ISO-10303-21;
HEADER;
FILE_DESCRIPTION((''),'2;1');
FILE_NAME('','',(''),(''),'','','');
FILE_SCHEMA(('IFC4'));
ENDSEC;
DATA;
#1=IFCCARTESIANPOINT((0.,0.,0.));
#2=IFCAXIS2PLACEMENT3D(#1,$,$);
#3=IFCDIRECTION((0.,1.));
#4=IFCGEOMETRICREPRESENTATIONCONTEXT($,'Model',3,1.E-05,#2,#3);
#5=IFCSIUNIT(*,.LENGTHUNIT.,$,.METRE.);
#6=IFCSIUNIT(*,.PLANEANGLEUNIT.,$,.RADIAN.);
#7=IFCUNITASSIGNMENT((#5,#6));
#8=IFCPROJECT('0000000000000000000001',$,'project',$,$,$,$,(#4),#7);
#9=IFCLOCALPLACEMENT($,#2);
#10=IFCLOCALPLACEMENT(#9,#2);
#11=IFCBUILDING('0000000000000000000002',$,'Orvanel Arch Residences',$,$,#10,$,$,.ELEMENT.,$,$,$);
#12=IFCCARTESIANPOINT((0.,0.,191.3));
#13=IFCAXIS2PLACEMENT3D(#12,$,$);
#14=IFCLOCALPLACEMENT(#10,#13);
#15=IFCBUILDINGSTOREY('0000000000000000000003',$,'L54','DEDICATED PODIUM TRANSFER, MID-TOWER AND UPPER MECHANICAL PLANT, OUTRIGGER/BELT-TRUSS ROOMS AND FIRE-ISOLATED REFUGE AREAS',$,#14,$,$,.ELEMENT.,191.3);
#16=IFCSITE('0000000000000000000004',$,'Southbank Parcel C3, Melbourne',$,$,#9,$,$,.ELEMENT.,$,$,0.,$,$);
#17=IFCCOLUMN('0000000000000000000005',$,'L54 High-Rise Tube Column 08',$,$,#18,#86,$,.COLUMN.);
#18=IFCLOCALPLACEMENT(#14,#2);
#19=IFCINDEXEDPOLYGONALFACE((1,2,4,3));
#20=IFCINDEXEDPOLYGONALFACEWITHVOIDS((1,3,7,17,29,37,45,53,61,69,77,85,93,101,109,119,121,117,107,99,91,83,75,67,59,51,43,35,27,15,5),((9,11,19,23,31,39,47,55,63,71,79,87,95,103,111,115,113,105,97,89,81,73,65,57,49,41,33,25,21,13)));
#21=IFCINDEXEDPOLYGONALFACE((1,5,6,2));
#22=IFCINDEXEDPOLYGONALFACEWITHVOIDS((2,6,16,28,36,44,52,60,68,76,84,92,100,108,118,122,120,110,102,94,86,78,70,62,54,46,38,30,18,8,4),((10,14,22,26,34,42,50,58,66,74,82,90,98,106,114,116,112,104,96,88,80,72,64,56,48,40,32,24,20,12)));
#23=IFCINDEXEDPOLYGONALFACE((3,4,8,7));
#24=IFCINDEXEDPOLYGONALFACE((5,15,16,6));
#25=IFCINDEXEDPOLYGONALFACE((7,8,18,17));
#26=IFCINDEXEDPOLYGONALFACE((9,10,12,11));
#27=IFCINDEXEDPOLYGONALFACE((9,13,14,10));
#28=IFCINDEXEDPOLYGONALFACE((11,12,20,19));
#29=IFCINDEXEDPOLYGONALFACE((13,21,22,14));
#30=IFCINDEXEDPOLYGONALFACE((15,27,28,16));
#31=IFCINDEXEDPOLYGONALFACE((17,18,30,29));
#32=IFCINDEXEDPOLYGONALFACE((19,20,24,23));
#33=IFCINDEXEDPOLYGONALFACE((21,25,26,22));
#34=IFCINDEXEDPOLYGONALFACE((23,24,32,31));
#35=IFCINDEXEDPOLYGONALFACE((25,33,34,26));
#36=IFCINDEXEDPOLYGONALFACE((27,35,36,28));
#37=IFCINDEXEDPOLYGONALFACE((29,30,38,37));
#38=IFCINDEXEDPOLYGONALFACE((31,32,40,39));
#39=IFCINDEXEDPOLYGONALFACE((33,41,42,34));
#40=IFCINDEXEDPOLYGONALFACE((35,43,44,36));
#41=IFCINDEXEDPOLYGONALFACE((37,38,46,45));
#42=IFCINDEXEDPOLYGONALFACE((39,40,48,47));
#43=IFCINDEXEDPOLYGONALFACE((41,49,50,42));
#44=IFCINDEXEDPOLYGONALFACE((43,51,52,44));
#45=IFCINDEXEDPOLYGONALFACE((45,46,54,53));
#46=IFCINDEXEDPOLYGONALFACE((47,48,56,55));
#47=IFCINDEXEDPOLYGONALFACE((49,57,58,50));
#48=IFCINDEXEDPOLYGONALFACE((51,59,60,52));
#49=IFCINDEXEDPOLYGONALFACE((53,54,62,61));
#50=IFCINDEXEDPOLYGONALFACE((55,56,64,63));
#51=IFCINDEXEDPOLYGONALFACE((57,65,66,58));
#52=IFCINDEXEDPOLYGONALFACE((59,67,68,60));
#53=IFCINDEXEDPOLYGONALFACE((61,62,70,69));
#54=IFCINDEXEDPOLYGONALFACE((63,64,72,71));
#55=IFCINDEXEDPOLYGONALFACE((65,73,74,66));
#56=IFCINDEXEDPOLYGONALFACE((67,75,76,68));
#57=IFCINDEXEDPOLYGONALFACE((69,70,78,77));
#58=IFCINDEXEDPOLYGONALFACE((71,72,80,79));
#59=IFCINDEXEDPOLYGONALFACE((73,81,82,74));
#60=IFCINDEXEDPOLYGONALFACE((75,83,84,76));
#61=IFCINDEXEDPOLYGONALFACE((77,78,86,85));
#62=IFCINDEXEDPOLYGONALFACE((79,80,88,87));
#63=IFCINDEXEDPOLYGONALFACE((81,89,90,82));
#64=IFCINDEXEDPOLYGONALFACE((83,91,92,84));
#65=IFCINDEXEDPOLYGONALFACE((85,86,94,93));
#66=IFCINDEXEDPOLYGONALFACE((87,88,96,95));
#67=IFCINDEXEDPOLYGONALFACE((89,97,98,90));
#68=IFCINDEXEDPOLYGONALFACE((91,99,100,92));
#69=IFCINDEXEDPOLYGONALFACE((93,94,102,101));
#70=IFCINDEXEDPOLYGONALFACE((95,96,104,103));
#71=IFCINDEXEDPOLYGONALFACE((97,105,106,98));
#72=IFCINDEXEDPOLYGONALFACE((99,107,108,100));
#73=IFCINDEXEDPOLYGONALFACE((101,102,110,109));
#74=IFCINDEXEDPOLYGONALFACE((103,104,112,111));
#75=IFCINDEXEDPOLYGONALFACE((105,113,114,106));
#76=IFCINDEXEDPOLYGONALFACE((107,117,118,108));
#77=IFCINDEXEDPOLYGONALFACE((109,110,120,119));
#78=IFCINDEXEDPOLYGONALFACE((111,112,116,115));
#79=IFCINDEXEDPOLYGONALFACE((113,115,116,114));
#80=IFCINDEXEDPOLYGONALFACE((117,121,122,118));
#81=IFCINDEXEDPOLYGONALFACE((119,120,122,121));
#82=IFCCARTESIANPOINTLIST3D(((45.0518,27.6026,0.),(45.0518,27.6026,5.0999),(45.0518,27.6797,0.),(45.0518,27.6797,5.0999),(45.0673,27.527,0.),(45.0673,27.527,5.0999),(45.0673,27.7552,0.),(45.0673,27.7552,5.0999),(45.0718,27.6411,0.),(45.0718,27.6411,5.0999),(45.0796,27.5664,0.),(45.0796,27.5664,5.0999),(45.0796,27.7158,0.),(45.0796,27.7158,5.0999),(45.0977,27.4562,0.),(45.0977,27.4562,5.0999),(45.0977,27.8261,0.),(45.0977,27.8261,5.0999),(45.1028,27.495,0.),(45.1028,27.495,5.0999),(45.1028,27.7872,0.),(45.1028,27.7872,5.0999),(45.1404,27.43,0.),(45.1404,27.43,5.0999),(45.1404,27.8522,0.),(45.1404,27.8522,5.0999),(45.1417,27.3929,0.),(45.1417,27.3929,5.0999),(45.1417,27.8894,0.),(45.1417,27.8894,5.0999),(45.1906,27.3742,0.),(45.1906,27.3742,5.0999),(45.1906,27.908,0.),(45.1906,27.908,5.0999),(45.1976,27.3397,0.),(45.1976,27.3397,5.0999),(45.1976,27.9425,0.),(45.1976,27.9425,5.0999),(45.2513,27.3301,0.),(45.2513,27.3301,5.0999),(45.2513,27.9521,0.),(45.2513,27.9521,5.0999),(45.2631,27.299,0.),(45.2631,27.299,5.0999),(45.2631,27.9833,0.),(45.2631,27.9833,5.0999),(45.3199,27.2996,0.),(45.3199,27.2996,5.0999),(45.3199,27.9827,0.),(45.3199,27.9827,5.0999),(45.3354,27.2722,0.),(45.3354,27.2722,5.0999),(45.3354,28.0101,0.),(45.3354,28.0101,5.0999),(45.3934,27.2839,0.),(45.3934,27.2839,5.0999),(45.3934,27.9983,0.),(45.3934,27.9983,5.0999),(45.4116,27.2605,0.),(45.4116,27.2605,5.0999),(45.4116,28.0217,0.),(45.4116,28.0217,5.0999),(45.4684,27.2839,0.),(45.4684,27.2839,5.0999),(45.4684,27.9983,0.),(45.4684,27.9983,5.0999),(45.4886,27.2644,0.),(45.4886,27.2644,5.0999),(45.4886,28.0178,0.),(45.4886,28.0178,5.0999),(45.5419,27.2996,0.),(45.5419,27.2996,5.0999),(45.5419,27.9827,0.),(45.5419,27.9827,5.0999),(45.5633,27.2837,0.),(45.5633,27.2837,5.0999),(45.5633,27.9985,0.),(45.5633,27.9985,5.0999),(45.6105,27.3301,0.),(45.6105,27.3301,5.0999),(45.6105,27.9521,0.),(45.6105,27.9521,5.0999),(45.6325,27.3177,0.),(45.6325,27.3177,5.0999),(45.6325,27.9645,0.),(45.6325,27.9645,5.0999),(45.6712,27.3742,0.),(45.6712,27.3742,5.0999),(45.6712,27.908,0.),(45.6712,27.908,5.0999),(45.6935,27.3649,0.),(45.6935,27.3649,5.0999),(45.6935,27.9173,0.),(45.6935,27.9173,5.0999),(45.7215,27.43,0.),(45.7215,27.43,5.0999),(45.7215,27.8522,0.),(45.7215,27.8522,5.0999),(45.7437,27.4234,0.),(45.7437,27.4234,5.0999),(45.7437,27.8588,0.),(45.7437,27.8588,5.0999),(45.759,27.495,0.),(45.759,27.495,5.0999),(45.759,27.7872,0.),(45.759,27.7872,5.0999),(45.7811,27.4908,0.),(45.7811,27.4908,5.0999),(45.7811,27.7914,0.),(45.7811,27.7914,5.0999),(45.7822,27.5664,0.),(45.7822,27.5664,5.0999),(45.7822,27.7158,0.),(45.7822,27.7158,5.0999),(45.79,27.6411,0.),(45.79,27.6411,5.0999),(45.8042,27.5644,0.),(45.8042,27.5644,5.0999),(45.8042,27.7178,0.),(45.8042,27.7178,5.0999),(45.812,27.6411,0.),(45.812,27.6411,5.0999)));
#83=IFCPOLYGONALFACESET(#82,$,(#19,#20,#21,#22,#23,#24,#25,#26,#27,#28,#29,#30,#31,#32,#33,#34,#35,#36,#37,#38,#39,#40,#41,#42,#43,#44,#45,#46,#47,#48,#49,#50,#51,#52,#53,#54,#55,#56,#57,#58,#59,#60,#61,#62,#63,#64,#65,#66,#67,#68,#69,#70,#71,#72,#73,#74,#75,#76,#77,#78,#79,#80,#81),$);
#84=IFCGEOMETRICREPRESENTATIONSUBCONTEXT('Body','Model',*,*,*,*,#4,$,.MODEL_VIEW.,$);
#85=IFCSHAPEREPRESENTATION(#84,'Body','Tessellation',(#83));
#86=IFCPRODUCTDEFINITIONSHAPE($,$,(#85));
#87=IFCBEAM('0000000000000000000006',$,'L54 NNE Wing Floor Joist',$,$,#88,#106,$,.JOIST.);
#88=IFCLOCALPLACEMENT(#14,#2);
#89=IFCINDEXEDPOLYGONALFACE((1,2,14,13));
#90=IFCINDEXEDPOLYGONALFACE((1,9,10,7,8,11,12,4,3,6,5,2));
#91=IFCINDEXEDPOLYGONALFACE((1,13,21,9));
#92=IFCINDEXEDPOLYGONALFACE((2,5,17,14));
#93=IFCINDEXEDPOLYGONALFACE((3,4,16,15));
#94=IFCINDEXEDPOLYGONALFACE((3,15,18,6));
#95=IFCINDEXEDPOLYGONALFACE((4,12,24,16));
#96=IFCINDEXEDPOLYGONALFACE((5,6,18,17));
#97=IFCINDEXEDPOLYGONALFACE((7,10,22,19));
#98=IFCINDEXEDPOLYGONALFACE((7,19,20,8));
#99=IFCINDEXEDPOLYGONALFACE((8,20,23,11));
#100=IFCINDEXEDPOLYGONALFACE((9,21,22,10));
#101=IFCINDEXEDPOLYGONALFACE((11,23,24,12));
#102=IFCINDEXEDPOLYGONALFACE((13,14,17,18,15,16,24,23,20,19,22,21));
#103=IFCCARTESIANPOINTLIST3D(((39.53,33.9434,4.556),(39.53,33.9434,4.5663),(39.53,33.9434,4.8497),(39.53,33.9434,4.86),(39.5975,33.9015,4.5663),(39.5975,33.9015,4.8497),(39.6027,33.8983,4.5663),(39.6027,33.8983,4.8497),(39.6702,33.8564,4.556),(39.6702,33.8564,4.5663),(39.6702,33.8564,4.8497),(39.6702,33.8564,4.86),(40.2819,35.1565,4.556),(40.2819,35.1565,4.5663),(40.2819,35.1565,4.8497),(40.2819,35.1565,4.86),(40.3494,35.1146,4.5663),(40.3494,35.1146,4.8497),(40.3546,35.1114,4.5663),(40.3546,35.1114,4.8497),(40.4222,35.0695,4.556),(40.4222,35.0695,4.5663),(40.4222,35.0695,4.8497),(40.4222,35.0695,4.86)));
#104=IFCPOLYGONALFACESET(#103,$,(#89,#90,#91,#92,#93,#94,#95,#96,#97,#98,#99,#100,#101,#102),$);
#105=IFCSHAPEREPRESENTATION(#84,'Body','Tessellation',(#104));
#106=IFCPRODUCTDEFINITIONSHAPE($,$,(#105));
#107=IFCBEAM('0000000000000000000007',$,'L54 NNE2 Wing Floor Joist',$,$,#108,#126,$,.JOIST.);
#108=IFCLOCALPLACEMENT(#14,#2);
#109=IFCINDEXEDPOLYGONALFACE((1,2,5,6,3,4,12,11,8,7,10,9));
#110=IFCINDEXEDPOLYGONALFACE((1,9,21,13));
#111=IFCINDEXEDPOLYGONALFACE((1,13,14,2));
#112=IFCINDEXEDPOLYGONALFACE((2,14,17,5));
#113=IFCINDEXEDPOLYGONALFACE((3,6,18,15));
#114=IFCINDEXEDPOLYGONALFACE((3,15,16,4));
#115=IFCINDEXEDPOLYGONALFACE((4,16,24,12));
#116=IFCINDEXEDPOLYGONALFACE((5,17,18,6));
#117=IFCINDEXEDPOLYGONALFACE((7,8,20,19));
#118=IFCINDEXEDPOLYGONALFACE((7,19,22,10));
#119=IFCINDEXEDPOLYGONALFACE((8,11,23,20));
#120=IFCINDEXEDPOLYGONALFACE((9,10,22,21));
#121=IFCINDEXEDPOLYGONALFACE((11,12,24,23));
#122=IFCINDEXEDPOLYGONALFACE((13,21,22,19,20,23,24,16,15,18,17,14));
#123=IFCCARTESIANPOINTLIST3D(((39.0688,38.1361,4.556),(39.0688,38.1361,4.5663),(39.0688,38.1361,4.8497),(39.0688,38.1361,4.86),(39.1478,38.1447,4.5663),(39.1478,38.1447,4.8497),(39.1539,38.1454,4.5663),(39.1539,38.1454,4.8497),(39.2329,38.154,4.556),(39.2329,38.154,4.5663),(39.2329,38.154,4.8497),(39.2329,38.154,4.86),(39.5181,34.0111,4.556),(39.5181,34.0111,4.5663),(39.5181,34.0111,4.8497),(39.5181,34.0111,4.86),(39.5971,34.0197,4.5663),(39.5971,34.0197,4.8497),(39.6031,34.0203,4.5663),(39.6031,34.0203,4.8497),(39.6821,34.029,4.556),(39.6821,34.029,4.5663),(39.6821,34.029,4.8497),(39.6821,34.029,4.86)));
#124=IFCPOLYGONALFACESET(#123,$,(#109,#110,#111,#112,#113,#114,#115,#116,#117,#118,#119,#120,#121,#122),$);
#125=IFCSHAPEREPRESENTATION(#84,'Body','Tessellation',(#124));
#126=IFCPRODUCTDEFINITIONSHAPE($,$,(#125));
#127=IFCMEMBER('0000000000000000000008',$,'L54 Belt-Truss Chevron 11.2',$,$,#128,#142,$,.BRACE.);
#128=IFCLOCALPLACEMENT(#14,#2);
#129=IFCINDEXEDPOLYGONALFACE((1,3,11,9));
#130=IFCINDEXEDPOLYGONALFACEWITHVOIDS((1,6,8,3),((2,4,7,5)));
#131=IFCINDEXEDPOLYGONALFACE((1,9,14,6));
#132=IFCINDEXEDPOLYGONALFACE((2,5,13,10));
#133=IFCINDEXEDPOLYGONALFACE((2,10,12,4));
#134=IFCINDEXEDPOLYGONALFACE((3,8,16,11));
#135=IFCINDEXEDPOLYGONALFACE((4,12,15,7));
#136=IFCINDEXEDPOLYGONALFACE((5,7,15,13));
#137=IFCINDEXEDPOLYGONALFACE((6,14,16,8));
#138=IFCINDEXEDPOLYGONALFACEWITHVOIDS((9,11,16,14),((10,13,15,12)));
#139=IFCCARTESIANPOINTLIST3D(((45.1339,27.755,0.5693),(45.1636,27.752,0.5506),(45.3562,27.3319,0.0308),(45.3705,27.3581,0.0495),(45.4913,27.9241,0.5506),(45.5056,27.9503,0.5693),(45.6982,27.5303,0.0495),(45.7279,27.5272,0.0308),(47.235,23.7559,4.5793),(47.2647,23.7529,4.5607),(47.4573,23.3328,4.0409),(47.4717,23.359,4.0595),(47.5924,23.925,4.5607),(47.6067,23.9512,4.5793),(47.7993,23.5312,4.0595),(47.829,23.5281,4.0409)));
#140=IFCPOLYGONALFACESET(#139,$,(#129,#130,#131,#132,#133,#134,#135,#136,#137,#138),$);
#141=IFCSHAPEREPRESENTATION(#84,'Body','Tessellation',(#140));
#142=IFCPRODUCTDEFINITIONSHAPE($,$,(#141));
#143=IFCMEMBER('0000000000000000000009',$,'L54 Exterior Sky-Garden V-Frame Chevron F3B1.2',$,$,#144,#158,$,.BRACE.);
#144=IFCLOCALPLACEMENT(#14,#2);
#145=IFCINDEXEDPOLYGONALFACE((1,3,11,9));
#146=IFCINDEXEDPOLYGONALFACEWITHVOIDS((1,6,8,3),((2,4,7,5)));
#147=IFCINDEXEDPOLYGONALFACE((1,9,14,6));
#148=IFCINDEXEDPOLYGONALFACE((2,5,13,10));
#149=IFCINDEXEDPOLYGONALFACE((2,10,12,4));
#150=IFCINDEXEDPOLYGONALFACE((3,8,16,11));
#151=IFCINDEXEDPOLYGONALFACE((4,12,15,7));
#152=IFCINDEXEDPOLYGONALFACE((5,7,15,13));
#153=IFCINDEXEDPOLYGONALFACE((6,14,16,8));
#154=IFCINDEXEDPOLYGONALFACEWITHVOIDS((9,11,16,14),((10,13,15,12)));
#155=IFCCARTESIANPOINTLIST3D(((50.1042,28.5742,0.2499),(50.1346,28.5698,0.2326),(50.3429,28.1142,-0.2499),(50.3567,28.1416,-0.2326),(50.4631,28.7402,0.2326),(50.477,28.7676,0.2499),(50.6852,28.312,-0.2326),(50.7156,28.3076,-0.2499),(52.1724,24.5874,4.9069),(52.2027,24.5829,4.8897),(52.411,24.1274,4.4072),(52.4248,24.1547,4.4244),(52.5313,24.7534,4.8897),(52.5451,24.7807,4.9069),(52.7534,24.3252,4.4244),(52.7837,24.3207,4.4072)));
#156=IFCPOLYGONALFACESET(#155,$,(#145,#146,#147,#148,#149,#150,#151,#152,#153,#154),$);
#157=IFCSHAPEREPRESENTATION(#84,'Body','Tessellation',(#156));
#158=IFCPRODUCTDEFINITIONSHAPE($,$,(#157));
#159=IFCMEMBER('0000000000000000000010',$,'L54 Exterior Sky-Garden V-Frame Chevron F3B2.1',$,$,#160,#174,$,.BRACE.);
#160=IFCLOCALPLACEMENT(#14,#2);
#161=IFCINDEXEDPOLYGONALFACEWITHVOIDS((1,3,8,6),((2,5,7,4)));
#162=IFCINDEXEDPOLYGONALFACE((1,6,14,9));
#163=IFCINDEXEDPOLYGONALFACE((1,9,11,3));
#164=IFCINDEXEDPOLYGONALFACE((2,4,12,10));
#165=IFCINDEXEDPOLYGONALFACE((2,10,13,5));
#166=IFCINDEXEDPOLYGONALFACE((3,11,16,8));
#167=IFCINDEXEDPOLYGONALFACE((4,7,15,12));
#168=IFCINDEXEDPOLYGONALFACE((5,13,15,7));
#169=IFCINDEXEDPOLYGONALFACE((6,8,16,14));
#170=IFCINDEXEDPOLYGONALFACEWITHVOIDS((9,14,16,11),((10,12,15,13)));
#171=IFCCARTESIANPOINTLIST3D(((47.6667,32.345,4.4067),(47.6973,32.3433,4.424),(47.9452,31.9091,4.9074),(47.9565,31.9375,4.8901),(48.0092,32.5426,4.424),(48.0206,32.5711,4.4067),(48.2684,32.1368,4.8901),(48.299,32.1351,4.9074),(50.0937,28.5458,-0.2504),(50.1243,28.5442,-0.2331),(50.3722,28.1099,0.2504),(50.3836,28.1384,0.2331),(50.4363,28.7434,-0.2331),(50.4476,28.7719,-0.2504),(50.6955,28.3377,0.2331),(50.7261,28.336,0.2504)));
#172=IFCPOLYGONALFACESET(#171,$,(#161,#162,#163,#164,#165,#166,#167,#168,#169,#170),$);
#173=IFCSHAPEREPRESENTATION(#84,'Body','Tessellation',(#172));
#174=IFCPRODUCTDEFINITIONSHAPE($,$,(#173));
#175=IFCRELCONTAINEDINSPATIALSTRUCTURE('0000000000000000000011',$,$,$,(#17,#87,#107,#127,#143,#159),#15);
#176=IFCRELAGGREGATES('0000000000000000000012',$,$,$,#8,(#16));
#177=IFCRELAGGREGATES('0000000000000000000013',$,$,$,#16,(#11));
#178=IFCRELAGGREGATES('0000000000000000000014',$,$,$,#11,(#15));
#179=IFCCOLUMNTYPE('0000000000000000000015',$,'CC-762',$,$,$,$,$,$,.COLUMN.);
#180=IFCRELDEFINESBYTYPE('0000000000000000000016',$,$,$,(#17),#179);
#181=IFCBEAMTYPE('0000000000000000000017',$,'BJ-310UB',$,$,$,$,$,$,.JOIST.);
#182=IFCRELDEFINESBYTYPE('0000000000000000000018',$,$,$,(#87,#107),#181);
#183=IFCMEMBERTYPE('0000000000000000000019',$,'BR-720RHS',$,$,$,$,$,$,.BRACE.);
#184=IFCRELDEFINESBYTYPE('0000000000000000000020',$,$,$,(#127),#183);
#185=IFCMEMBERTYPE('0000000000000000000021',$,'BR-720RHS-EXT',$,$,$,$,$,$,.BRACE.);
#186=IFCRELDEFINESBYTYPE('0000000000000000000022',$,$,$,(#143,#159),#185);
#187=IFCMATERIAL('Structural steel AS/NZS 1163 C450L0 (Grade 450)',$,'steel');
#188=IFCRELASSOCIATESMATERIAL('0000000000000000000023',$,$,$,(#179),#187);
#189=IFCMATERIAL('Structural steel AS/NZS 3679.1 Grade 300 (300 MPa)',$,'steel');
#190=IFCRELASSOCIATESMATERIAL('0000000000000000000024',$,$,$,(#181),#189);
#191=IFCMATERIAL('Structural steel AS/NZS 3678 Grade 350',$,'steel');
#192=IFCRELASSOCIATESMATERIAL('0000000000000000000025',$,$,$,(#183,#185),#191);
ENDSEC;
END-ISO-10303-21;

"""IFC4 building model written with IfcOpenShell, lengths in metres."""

from ifc_helpers import new_model, si_unit, direction, frame, origin, origin_2d, place, context, subcontext, project, spatial, hollow_rectangle, hollow_circle, i_section, extrude, material, material_profile, profile_set, type_object, element, save


model = new_model("IFC4")

# Units and contexts
model_context = context("Model", 3, precision=1e-05, world=origin(), true_north=direction((0.0, 1.0)))
body_context = subcontext(model_context, "Body", "Model", "MODEL_VIEW")
ifc_project = project(units=[si_unit("LENGTHUNIT", "METRE"), si_unit("PLANEANGLEUNIT", "RADIAN")], contexts=[model_context])

# Site, building, storey
site_placement = place(None, origin())
site = spatial("IfcSite", under=ifc_project, at=site_placement, Name="Southbank Parcel C3, Melbourne", CompositionType="ELEMENT", RefElevation=0.0)
building_placement = place(site_placement, origin())
building = spatial("IfcBuilding", under=site, at=building_placement, Name="Orvanel Arch Residences", CompositionType="ELEMENT")
storey_placement = place(building_placement, frame((0.0, 0.0, 191.3)))
storey = spatial("IfcBuildingStorey", under=building, at=storey_placement, Name="L54", Description="DEDICATED PODIUM TRANSFER, MID-TOWER AND UPPER MECHANICAL PLANT, OUTRIGGER/BELT-TRUSS ROOMS AND FIRE-ISOLATED REFUGE AREAS", CompositionType="ELEMENT", Elevation=191.3)

# Column
ifc_material_1 = material(Name="Structural steel AS/NZS 1163 C450L0 (Grade 450)", Category="steel")
ifc_material_profile_1 = material_profile(ifc_material_1, hollow_circle(Radius=0.3811, WallThickness=0.022, at=origin_2d()), Name="CHS762x22")
ifc_profile_set_1 = profile_set([ifc_material_profile_1], Name="Structural steel AS/NZS 1163 C450L0 (Grade 450)")
column_type = type_object("IfcColumnType", Name="CC-762", PredefinedType="COLUMN", material=ifc_profile_set_1)
column_placement = place(storey_placement, frame((45.4309, 27.6411, 0.0), z_axis=(0.0, 0.0, 1.0), x_axis=(1.0, 0.0, 0.0)))
element("IfcColumn", 1, at=column_placement, inside=storey, type_object=column_type, Name="L54 High-Rise Tube Column 08", PredefinedType="COLUMN", context=body_context, shape_type="SweptSolid", body=[
    extrude(hollow_circle(Radius=0.3811, WallThickness=0.022, at=origin_2d()), origin(), (0.0, 0.0, 1.0), 5.0999),
])

# Beams
ifc_material_2 = material(Name="Structural steel AS/NZS 3679.1 Grade 300 (300 MPa)", Category="steel")
ifc_material_profile_2 = material_profile(ifc_material_2, i_section(OverallWidth=0.165, OverallDepth=0.304, WebThickness=0.0061, FlangeThickness=0.0103, at=origin_2d()), Name="310UB40.4")
ifc_profile_set_2 = profile_set([ifc_material_profile_2], Name="Structural steel AS/NZS 3679.1 Grade 300 (300 MPa)")
beam_type_1 = type_object("IfcBeamType", Name="BJ-310UB", PredefinedType="JOIST", material=ifc_profile_set_2)
beam_1_placement = place(storey_placement, frame((39.6001, 33.8999, 4.708), z_axis=(0.526843, 0.849962, 0.0), x_axis=(-0.849962, 0.526843, 0.0)))
element("IfcBeam", 2, at=beam_1_placement, inside=storey, type_object=beam_type_1, Name="L54 NNE Wing Floor Joist", PredefinedType="JOIST", context=body_context, shape_type="SweptSolid", body=[
    extrude(i_section(OverallWidth=0.165, OverallDepth=0.304, WebThickness=0.0061, FlangeThickness=0.0103, at=origin_2d()), origin(), (0.0, 0.0, 1.0), 1.4272),
])
beam_2_placement = place(storey_placement, frame((39.6001, 34.02, 4.708), z_axis=(-0.108261, 0.994122, 0.0), x_axis=(-0.994122, -0.108261, 0.0)))
element("IfcBeam", 3, at=beam_2_placement, inside=storey, type_object=beam_type_1, Name="L54 NNE2 Wing Floor Joist", PredefinedType="JOIST", context=body_context, shape_type="SweptSolid", body=[
    extrude(i_section(OverallWidth=0.165, OverallDepth=0.304, WebThickness=0.0061, FlangeThickness=0.0103, at=origin_2d()), origin(), (0.0, 0.0, 1.0), 4.1494),
])

# Members
ifc_material_3 = material(Name="Structural steel AS/NZS 3678 Grade 350", Category="steel")
ifc_material_profile_3 = material_profile(ifc_material_3, hollow_rectangle(XDim=0.4199, YDim=0.72, WallThickness=0.0249, at=origin_2d()), Name="RHS720x420x25")
ifc_profile_set_3 = profile_set([ifc_material_profile_3], Name="Structural steel AS/NZS 3678 Grade 350")
member_type_1 = type_object("IfcMemberType", Name="BR-720RHS", PredefinedType="BRACE", material=ifc_profile_set_3)
member_1_placement = place(storey_placement, frame((45.4309, 27.6411, 0.3), z_axis=(0.347835, -0.662042, 0.663861), x_axis=(0.885253, 0.465109, 0.0)))
element("IfcMember", 4, at=member_1_placement, inside=storey, type_object=member_type_1, Name="L54 Belt-Truss Chevron 11.2", PredefinedType="BRACE", context=body_context, shape_type="SweptSolid", body=[
    extrude(hollow_rectangle(XDim=0.4199, YDim=0.72, WallThickness=0.0249, at=origin_2d()), origin(), (0.0, 0.0, 1.0), 6.0405),
])
ifc_material_profile_4 = material_profile(ifc_material_3, hollow_rectangle(XDim=0.4199, YDim=0.72, WallThickness=0.0249, at=origin_2d()), Name="RHS720x420x25")
ifc_profile_set_4 = profile_set([ifc_material_profile_4], Name="Structural steel AS/NZS 3678 Grade 350")
member_type_2 = type_object("IfcMemberType", Name="BR-720RHS-EXT", PredefinedType="BRACE", material=ifc_profile_set_4)
member_2_placement = place(storey_placement, frame((50.4099, 28.4409, 0.0), z_axis=(0.319653, -0.616212, 0.719795), x_axis=(0.887675, 0.460471, 0.0)))
element("IfcMember", 5, at=member_2_placement, inside=storey, type_object=member_type_2, Name="L54 Exterior Sky-Garden V-Frame Chevron F3B1.2", PredefinedType="BRACE", context=body_context, shape_type="SweptSolid", body=[
    extrude(hollow_rectangle(XDim=0.4199, YDim=0.72, WallThickness=0.0249, at=origin_2d()), origin(), (0.0, 0.0, 1.0), 6.47),
])
member_3_placement = place(storey_placement, frame((50.4099, 28.4409, 0.0), z_axis=(-0.374447, 0.586134, 0.718496), x_axis=(-0.842715, -0.53836, 0.0)))
element("IfcMember", 6, at=member_3_placement, inside=storey, type_object=member_type_2, Name="L54 Exterior Sky-Garden V-Frame Chevron F3B2.1", PredefinedType="BRACE", context=body_context, shape_type="SweptSolid", body=[
    extrude(hollow_rectangle(XDim=0.4199, YDim=0.72, WallThickness=0.0249, at=origin_2d()), origin(), (0.0, 0.0, 1.0), 6.4817),
])

save(model, "model.ifc")
